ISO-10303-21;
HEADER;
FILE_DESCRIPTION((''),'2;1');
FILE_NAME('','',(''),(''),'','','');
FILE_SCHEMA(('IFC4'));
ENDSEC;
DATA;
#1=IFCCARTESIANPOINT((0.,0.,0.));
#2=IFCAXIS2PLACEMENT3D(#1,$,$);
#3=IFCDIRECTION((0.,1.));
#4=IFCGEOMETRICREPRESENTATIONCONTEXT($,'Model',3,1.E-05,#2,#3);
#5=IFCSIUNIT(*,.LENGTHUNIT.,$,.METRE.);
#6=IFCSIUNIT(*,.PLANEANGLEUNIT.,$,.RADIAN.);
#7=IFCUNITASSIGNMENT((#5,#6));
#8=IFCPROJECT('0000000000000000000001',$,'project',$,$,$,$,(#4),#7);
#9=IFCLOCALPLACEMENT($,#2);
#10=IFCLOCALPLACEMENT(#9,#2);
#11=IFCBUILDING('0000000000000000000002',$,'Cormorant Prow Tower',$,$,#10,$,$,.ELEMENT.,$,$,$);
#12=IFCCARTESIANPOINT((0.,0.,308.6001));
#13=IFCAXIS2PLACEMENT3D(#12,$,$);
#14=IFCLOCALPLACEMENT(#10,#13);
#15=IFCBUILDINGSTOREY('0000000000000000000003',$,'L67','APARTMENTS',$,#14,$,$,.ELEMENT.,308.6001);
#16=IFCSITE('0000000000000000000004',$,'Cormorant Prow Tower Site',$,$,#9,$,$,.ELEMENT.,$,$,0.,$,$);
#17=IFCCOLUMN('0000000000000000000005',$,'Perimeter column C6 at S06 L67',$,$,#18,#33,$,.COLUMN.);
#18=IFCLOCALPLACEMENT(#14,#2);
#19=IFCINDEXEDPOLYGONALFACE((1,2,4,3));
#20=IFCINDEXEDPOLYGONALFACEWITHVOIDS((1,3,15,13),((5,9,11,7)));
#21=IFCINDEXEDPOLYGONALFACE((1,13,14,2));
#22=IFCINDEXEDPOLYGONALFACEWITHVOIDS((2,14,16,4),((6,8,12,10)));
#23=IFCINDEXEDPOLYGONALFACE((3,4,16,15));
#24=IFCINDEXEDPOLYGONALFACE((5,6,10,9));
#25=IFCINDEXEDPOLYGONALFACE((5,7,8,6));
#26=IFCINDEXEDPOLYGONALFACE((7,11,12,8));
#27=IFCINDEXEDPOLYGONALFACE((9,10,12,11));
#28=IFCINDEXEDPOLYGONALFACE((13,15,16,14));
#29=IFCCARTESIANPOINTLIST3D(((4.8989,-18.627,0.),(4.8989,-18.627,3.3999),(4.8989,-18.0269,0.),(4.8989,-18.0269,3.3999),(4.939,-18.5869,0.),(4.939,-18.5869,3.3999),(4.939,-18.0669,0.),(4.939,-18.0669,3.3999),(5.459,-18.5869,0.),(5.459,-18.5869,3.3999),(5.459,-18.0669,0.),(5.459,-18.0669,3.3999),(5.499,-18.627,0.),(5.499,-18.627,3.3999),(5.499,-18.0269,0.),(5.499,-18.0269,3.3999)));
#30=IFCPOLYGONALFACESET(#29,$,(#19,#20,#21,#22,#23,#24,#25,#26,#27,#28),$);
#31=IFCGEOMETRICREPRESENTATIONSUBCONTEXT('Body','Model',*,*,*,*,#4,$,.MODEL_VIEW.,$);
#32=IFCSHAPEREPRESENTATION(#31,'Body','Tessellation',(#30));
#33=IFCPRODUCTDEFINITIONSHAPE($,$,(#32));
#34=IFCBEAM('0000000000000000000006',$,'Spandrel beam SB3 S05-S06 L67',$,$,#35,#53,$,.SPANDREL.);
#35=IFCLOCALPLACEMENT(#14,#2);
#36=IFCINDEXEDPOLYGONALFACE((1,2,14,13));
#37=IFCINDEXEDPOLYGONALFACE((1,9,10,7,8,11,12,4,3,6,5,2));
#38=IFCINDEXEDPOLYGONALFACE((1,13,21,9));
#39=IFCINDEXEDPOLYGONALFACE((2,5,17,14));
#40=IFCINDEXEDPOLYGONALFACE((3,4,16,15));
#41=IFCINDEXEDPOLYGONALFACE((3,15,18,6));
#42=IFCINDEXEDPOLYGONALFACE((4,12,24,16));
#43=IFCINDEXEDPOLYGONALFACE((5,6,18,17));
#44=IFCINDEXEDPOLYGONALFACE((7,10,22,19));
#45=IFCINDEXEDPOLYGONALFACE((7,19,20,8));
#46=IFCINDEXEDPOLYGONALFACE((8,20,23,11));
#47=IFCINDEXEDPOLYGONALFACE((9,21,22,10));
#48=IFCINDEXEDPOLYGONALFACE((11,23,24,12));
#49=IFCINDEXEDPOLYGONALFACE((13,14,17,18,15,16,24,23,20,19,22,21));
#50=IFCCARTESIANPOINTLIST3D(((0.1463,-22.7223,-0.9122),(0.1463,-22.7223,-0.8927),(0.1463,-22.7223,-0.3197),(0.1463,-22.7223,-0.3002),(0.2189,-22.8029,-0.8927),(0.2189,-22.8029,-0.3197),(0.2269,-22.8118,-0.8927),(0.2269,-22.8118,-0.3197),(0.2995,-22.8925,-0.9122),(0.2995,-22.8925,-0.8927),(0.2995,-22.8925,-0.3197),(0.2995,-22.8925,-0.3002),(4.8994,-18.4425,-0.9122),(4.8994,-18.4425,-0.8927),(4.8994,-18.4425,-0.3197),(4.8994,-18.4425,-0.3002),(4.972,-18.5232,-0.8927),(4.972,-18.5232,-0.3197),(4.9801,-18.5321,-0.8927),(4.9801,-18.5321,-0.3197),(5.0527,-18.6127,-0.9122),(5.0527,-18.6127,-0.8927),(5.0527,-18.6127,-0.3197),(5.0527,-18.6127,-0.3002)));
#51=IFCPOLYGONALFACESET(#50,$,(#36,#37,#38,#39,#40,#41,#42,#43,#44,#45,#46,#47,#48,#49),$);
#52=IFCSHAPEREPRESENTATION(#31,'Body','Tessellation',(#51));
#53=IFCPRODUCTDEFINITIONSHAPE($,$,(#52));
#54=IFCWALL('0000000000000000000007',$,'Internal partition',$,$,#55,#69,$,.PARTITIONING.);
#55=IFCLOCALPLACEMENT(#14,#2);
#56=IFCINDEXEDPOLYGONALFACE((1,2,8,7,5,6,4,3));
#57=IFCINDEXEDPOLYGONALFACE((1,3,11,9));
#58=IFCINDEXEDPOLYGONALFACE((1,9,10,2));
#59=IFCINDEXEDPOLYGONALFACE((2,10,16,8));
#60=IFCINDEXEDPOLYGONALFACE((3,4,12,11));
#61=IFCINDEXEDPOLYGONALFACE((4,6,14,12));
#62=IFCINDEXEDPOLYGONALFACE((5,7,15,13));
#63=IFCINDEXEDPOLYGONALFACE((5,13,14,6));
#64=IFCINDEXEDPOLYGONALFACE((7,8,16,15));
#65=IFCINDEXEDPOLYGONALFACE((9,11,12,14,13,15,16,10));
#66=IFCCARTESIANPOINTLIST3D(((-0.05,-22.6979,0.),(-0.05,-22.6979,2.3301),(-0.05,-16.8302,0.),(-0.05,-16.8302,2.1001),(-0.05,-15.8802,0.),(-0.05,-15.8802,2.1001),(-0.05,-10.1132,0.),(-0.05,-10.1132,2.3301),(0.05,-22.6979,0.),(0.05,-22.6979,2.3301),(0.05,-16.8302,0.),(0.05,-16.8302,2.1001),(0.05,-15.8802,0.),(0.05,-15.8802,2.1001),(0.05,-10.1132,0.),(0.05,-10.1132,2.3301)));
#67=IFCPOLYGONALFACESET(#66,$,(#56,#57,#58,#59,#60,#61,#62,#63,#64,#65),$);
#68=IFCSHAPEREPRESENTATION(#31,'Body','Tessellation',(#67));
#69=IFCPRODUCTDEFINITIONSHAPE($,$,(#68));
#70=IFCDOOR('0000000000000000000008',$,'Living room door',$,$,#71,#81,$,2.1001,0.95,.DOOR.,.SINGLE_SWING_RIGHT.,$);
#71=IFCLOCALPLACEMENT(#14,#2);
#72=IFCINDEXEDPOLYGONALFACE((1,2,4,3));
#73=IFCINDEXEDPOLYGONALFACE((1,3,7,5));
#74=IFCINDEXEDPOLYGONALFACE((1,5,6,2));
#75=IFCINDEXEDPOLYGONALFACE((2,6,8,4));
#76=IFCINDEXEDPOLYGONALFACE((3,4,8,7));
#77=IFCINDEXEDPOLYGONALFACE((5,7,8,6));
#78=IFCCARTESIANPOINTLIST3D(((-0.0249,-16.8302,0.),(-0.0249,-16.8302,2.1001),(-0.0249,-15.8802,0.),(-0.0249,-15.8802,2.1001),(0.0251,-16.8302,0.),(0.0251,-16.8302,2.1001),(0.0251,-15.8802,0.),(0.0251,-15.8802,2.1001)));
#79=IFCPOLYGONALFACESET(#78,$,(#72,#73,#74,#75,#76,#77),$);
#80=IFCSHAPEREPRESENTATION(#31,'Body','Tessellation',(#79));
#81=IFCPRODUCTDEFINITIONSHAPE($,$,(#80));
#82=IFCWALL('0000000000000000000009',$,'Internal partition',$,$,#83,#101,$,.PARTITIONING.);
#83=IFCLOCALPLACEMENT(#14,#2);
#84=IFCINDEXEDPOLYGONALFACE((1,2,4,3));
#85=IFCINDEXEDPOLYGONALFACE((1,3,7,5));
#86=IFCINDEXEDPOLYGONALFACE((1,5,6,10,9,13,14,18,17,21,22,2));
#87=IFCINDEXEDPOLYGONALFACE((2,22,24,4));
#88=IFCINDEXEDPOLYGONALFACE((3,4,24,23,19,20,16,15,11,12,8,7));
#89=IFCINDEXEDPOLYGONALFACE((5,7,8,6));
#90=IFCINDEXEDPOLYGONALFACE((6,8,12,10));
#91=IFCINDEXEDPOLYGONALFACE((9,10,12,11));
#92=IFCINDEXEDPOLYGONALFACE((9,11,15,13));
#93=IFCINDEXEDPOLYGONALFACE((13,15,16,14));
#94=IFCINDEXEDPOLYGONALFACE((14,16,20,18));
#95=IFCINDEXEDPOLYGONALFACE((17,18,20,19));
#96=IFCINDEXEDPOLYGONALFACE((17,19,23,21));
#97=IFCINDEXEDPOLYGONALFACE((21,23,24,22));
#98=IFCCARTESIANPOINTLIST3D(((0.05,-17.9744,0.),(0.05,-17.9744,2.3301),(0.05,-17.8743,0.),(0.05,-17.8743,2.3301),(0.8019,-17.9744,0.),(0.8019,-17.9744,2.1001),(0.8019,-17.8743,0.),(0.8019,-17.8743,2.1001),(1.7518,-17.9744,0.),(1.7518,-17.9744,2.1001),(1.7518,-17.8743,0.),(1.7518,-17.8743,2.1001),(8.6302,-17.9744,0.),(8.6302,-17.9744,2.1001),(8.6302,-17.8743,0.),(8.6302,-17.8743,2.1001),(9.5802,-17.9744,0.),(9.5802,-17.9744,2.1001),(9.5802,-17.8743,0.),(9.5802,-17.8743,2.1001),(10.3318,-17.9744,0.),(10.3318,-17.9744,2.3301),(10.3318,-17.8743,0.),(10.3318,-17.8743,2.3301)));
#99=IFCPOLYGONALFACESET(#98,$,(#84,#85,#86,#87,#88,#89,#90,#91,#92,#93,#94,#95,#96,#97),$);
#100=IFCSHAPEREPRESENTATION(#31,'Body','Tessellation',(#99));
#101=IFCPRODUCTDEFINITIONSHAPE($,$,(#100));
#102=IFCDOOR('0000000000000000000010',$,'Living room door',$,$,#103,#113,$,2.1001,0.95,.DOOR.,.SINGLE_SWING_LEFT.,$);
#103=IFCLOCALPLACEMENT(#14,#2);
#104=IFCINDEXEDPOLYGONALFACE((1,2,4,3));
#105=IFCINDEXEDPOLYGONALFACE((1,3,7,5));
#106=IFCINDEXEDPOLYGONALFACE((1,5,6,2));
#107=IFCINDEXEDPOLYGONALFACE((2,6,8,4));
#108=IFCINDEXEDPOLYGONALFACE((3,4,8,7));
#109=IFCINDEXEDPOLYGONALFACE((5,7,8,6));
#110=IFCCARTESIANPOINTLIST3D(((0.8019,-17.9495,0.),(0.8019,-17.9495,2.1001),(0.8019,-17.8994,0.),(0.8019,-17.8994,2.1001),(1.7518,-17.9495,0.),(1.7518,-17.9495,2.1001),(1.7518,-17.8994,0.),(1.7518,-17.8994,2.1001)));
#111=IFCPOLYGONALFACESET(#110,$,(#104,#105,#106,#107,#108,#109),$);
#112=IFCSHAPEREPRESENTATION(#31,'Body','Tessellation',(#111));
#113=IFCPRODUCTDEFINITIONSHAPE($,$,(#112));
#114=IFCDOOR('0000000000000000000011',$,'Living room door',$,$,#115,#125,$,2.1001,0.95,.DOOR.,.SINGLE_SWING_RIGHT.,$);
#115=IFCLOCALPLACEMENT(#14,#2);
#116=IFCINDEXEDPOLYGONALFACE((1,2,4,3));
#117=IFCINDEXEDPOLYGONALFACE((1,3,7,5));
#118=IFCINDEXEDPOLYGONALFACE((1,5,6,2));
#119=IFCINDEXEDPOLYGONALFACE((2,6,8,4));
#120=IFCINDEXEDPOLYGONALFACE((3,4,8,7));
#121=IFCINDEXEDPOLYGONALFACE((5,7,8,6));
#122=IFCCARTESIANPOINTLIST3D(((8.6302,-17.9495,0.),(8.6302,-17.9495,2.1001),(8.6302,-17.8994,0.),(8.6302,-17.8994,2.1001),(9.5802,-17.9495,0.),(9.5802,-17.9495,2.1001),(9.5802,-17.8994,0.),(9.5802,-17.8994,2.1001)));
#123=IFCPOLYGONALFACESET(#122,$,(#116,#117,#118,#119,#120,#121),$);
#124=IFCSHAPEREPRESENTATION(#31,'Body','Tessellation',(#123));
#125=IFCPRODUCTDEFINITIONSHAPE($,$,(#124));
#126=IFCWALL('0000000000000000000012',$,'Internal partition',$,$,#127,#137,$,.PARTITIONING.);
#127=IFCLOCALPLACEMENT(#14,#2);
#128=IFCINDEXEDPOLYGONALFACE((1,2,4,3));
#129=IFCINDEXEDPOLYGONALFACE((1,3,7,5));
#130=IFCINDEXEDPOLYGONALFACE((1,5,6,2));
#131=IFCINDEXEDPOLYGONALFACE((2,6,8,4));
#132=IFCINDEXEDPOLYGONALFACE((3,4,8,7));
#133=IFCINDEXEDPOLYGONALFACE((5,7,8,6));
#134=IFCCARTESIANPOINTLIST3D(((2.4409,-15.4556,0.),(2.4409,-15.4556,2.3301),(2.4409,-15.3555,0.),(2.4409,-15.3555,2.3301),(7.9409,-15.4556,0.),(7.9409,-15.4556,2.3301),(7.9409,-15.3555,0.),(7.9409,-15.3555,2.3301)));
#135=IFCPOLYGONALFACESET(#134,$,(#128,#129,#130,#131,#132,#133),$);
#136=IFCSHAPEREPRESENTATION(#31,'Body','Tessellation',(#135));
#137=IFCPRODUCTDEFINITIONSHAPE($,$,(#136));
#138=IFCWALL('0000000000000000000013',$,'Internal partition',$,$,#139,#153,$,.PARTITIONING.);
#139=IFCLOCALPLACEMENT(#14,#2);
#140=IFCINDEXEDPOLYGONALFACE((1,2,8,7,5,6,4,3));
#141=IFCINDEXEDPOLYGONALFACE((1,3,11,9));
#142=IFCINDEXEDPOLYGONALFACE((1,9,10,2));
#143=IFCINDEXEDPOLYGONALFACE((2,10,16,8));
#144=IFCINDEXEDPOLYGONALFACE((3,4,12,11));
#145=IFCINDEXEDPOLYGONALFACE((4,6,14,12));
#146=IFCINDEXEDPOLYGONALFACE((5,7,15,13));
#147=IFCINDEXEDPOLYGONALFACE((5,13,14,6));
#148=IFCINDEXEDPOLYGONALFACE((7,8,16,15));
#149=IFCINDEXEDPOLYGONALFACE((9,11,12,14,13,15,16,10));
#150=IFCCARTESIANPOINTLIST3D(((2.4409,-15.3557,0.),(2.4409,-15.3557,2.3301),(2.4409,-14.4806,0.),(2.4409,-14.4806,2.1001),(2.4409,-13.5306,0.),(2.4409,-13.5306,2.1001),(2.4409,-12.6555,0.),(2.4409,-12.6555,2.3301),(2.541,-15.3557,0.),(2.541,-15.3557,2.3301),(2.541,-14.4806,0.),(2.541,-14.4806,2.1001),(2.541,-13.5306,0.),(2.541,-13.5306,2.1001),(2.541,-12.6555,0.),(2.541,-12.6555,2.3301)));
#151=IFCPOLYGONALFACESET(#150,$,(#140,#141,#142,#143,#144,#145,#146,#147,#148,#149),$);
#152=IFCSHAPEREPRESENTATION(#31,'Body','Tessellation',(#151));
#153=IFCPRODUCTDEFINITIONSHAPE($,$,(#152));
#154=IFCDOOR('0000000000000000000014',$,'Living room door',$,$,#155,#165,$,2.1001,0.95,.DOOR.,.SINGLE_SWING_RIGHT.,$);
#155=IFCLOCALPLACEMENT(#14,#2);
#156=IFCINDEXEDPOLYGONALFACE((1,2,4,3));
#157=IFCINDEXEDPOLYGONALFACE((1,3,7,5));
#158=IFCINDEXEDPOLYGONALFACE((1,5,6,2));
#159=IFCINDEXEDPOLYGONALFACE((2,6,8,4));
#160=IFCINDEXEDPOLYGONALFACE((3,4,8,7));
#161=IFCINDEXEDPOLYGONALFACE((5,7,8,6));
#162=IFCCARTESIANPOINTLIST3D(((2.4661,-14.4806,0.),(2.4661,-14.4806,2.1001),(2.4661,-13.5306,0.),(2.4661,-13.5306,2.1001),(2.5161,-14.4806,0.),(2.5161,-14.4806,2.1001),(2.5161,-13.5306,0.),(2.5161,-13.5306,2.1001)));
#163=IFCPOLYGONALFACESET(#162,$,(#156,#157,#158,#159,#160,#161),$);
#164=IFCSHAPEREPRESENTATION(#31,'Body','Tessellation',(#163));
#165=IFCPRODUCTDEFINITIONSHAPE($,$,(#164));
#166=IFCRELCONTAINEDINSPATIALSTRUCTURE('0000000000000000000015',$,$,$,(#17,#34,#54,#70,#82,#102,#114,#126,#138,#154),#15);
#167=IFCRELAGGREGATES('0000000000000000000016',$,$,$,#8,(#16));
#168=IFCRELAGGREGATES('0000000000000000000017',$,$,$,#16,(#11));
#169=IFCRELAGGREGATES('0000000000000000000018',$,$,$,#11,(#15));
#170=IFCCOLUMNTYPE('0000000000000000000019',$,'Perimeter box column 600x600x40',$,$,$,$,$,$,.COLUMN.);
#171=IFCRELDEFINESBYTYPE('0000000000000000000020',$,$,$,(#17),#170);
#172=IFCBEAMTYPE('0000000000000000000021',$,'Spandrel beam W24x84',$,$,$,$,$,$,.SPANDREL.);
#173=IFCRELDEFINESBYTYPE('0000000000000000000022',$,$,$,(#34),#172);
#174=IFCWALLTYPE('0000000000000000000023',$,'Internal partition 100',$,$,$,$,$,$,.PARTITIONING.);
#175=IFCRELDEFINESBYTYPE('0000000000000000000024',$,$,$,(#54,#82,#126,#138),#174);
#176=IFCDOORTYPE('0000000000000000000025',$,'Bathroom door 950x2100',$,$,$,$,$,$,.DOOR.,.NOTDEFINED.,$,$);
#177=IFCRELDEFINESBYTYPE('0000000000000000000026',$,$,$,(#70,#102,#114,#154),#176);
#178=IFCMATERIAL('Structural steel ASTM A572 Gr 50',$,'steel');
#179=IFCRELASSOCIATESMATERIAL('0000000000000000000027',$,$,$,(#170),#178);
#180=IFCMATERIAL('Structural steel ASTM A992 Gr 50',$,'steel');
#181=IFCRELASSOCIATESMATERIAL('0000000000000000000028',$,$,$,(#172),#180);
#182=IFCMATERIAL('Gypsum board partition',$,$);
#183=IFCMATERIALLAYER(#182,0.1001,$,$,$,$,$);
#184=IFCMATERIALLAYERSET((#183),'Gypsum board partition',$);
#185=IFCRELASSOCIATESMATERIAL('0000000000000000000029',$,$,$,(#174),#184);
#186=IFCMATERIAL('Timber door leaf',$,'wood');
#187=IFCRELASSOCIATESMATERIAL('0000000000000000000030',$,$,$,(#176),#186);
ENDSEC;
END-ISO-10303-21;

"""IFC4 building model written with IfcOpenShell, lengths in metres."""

from ifc_helpers import new_model, si_unit, direction, frame, frame_2d, origin, origin_2d, place, context, subcontext, project, spatial, rectangle, hollow_rectangle, i_section, extrude, material, layer, layer_set, material_profile, profile_set, type_object, element, fill, save


model = new_model("IFC4")

# Units and contexts
model_context = context("Model", 3, precision=1e-05, world=origin(), true_north=direction((0.0, 1.0)))
body_context = subcontext(model_context, "Body", "Model", "MODEL_VIEW")
ifc_project = project(units=[si_unit("LENGTHUNIT", "METRE"), si_unit("PLANEANGLEUNIT", "RADIAN")], contexts=[model_context])

# Site, building, storey
site_placement = place(None, origin())
site = spatial("IfcSite", under=ifc_project, at=site_placement, Name="Cormorant Prow Tower Site", CompositionType="ELEMENT", RefElevation=0.0)
building_placement = place(site_placement, origin())
building = spatial("IfcBuilding", under=site, at=building_placement, Name="Cormorant Prow Tower", CompositionType="ELEMENT")
storey_placement = place(building_placement, frame((0.0, 0.0, 308.6001)))
storey = spatial("IfcBuildingStorey", under=building, at=storey_placement, Name="L67", Description="APARTMENTS", CompositionType="ELEMENT", Elevation=308.6001)

# Column
ifc_material_1 = material(Name="Structural steel ASTM A572 Gr 50", Category="steel")
ifc_material_profile_1 = material_profile(ifc_material_1, hollow_rectangle(XDim=0.6001, YDim=0.6001, WallThickness=0.04, at=origin_2d()), Name="Box 600x600x40")
ifc_profile_set_1 = profile_set([ifc_material_profile_1], Name="Structural steel ASTM A572 Gr 50")
column_type = type_object("IfcColumnType", Name="Perimeter box column 600x600x40", PredefinedType="COLUMN", material=ifc_profile_set_1)
column_placement = place(storey_placement, frame((5.199, -18.3269, 0.0), z_axis=(0.0, 0.0, 1.0), x_axis=(1.0, 0.0, 0.0)))
element("IfcColumn", 1, at=column_placement, inside=storey, type_object=column_type, Name="Perimeter column C6 at S06 L67", PredefinedType="COLUMN", context=body_context, shape_type="SweptSolid", body=[
    extrude(hollow_rectangle(XDim=0.6001, YDim=0.6001, WallThickness=0.04, at=origin_2d()), origin(), (0.0, 0.0, 1.0), 3.3999),
])

# Beam
ifc_material_2 = material(Name="Structural steel ASTM A992 Gr 50", Category="steel")
ifc_material_profile_2 = material_profile(ifc_material_2, i_section(OverallWidth=0.229, OverallDepth=0.6121, WebThickness=0.012, FlangeThickness=0.0195, at=origin_2d()), Name="W24x84")
ifc_profile_set_2 = profile_set([ifc_material_profile_2], Name="Structural steel ASTM A992 Gr 50")
beam_type = type_object("IfcBeamType", Name="Spandrel beam W24x84", PredefinedType="SPANDREL", material=ifc_profile_set_2)
beam_placement = place(storey_placement, frame((0.2229, -22.8074, -0.6062), z_axis=(0.743144, 0.669131, 0.0), x_axis=(-0.669131, 0.743144, 0.0)))
element("IfcBeam", 2, at=beam_placement, inside=storey, type_object=beam_type, Name="Spandrel beam SB3 S05-S06 L67", PredefinedType="SPANDREL", context=body_context, shape_type="SweptSolid", body=[
    extrude(i_section(OverallWidth=0.229, OverallDepth=0.6121, WebThickness=0.012, FlangeThickness=0.0195, at=origin_2d()), origin(), (0.0, 0.0, 1.0), 6.396),
])

# Wall, opening, door
ifc_material_3 = material(Name="Gypsum board partition")
ifc_layer_1 = layer(ifc_material_3, 0.1001)
ifc_layer_set_1 = layer_set([ifc_layer_1], Name="Gypsum board partition")
wall_type_1 = type_object("IfcWallType", Name="Internal partition 100", PredefinedType="PARTITIONING", material=ifc_layer_set_1)
wall_1_placement = place(storey_placement, frame((0.0, -22.698, 0.0), z_axis=(0.0, 0.0, 1.0), x_axis=(0.0, 1.0, 0.0)))
wall_1 = element("IfcWall", 3, at=wall_1_placement, inside=storey, type_object=wall_type_1, Name="Internal partition", PredefinedType="PARTITIONING", context=body_context, shape_type="SweptSolid", body=[
    extrude(rectangle(XDim=12.5847, YDim=0.1001, at=frame_2d((6.2925, 0.0))), origin(), (0.0, 0.0, 1.0), 2.3301),
])
opening_1_placement = place(wall_1_placement, frame((5.8677, 0.0, 0.0)))
opening_1 = element("IfcOpeningElement", 4, at=opening_1_placement, cuts=wall_1, PredefinedType="OPENING", context=body_context, shape_type="SweptSolid", body=[
    extrude(rectangle(XDim=0.95, YDim=2.1001, at=frame_2d((0.4751, 1.05))), frame((0.0, 0.0601, 0.0), z_axis=(0.0, -1.0, 0.0), x_axis=(1.0, 0.0, 0.0)), (0.0, 0.0, 1.0), 0.1201),
])
ifc_material_4 = material(Name="Timber door leaf", Category="wood")
door_type_1 = type_object("IfcDoorType", Name="Bathroom door 950x2100", OperationType="NOTDEFINED", PredefinedType="DOOR", material=ifc_material_4)
door_1_placement = place(opening_1_placement, origin())
door_1 = element("IfcDoor", 5, at=door_1_placement, inside=storey, type_object=door_type_1, Name="Living room door", OperationType="SINGLE_SWING_RIGHT", OverallHeight=2.1001, OverallWidth=0.95, PredefinedType="DOOR", context=body_context, shape_type="SweptSolid", body=[
    extrude(rectangle(XDim=0.95, YDim=2.1001, at=frame_2d((0.4751, 1.05))), frame((0.0, 0.0249, 0.0), z_axis=(0.0, -1.0, 0.0), x_axis=(1.0, 0.0, 0.0)), (0.0, 0.0, 1.0), 0.05),
])
fill(opening_1, door_1)

# Wall, openings, doors
wall_2_placement = place(storey_placement, frame((0.05, -17.9243, 0.0), z_axis=(0.0, 0.0, 1.0), x_axis=(1.0, 0.0, 0.0)))
wall_2 = element("IfcWall", 6, at=wall_2_placement, inside=storey, type_object=wall_type_1, Name="Internal partition", PredefinedType="PARTITIONING", context=body_context, shape_type="SweptSolid", body=[
    extrude(rectangle(XDim=10.2817, YDim=0.1001, at=frame_2d((5.1409, 0.0))), origin(), (0.0, 0.0, 1.0), 2.3301),
])
opening_2_placement = place(wall_2_placement, frame((0.7517, 0.0, 0.0)))
opening_2 = element("IfcOpeningElement", 7, at=opening_2_placement, cuts=wall_2, PredefinedType="OPENING", context=body_context, shape_type="SweptSolid", body=[
    extrude(rectangle(XDim=0.95, YDim=2.1001, at=frame_2d((0.4751, 1.05))), frame((0.0, 0.0601, 0.0), z_axis=(0.0, -1.0, 0.0), x_axis=(1.0, 0.0, 0.0)), (0.0, 0.0, 1.0), 0.1201),
])
opening_3_placement = place(wall_2_placement, frame((8.5801, 0.0, 0.0)))
opening_3 = element("IfcOpeningElement", 8, at=opening_3_placement, cuts=wall_2, PredefinedType="OPENING", context=body_context, shape_type="SweptSolid", body=[
    extrude(rectangle(XDim=0.95, YDim=2.1001, at=frame_2d((0.4751, 1.05))), frame((0.0, 0.0601, 0.0), z_axis=(0.0, -1.0, 0.0), x_axis=(1.0, 0.0, 0.0)), (0.0, 0.0, 1.0), 0.1201),
])
door_2_placement = place(opening_2_placement, origin())
door_2 = element("IfcDoor", 9, at=door_2_placement, inside=storey, type_object=door_type_1, Name="Living room door", OperationType="SINGLE_SWING_LEFT", OverallHeight=2.1001, OverallWidth=0.95, PredefinedType="DOOR", context=body_context, shape_type="SweptSolid", body=[
    extrude(rectangle(XDim=0.95, YDim=2.1001, at=frame_2d((0.4751, 1.05))), frame((0.0, 0.0249, 0.0), z_axis=(0.0, -1.0, 0.0), x_axis=(1.0, 0.0, 0.0)), (0.0, 0.0, 1.0), 0.05),
])
fill(opening_2, door_2)
door_3_placement = place(opening_3_placement, origin())
door_3 = element("IfcDoor", 10, at=door_3_placement, inside=storey, type_object=door_type_1, Name="Living room door", OperationType="SINGLE_SWING_RIGHT", OverallHeight=2.1001, OverallWidth=0.95, PredefinedType="DOOR", context=body_context, shape_type="SweptSolid", body=[
    extrude(rectangle(XDim=0.95, YDim=2.1001, at=frame_2d((0.4751, 1.05))), frame((0.0, 0.0249, 0.0), z_axis=(0.0, -1.0, 0.0), x_axis=(1.0, 0.0, 0.0)), (0.0, 0.0, 1.0), 0.05),
])
fill(opening_3, door_3)

# Wall
wall_3_placement = place(storey_placement, frame((2.4409, -15.4055, 0.0), z_axis=(0.0, 0.0, 1.0), x_axis=(1.0, 0.0, 0.0)))
element("IfcWall", 11, at=wall_3_placement, inside=storey, type_object=wall_type_1, Name="Internal partition", PredefinedType="PARTITIONING", context=body_context, shape_type="SweptSolid", body=[
    extrude(rectangle(XDim=5.5, YDim=0.1001, at=frame_2d((2.75, 0.0))), origin(), (0.0, 0.0, 1.0), 2.3301),
])

# Wall, opening, door
wall_4_placement = place(storey_placement, frame((2.491, -15.3557, 0.0), z_axis=(0.0, 0.0, 1.0), x_axis=(0.0, 1.0, 0.0)))
wall_4 = element("IfcWall", 12, at=wall_4_placement, inside=storey, type_object=wall_type_1, Name="Internal partition", PredefinedType="PARTITIONING", context=body_context, shape_type="SweptSolid", body=[
    extrude(rectangle(XDim=2.7002, YDim=0.1001, at=frame_2d((1.3501, 0.0))), origin(), (0.0, 0.0, 1.0), 2.3301),
])
opening_4_placement = place(wall_4_placement, frame((0.875, 0.0, 0.0)))
opening_4 = element("IfcOpeningElement", 13, at=opening_4_placement, cuts=wall_4, PredefinedType="OPENING", context=body_context, shape_type="SweptSolid", body=[
    extrude(rectangle(XDim=0.95, YDim=2.1001, at=frame_2d((0.4751, 1.05))), frame((0.0, 0.0601, 0.0), z_axis=(0.0, -1.0, 0.0), x_axis=(1.0, 0.0, 0.0)), (0.0, 0.0, 1.0), 0.1201),
])
door_4_placement = place(opening_4_placement, origin())
door_4 = element("IfcDoor", 14, at=door_4_placement, inside=storey, type_object=door_type_1, Name="Living room door", OperationType="SINGLE_SWING_RIGHT", OverallHeight=2.1001, OverallWidth=0.95, PredefinedType="DOOR", context=body_context, shape_type="SweptSolid", body=[
    extrude(rectangle(XDim=0.95, YDim=2.1001, at=frame_2d((0.4751, 1.05))), frame((0.0, 0.0249, 0.0), z_axis=(0.0, -1.0, 0.0), x_axis=(1.0, 0.0, 0.0)), (0.0, 0.0, 1.0), 0.05),
])
fill(opening_4, door_4)

save(model, "model.ifc")
